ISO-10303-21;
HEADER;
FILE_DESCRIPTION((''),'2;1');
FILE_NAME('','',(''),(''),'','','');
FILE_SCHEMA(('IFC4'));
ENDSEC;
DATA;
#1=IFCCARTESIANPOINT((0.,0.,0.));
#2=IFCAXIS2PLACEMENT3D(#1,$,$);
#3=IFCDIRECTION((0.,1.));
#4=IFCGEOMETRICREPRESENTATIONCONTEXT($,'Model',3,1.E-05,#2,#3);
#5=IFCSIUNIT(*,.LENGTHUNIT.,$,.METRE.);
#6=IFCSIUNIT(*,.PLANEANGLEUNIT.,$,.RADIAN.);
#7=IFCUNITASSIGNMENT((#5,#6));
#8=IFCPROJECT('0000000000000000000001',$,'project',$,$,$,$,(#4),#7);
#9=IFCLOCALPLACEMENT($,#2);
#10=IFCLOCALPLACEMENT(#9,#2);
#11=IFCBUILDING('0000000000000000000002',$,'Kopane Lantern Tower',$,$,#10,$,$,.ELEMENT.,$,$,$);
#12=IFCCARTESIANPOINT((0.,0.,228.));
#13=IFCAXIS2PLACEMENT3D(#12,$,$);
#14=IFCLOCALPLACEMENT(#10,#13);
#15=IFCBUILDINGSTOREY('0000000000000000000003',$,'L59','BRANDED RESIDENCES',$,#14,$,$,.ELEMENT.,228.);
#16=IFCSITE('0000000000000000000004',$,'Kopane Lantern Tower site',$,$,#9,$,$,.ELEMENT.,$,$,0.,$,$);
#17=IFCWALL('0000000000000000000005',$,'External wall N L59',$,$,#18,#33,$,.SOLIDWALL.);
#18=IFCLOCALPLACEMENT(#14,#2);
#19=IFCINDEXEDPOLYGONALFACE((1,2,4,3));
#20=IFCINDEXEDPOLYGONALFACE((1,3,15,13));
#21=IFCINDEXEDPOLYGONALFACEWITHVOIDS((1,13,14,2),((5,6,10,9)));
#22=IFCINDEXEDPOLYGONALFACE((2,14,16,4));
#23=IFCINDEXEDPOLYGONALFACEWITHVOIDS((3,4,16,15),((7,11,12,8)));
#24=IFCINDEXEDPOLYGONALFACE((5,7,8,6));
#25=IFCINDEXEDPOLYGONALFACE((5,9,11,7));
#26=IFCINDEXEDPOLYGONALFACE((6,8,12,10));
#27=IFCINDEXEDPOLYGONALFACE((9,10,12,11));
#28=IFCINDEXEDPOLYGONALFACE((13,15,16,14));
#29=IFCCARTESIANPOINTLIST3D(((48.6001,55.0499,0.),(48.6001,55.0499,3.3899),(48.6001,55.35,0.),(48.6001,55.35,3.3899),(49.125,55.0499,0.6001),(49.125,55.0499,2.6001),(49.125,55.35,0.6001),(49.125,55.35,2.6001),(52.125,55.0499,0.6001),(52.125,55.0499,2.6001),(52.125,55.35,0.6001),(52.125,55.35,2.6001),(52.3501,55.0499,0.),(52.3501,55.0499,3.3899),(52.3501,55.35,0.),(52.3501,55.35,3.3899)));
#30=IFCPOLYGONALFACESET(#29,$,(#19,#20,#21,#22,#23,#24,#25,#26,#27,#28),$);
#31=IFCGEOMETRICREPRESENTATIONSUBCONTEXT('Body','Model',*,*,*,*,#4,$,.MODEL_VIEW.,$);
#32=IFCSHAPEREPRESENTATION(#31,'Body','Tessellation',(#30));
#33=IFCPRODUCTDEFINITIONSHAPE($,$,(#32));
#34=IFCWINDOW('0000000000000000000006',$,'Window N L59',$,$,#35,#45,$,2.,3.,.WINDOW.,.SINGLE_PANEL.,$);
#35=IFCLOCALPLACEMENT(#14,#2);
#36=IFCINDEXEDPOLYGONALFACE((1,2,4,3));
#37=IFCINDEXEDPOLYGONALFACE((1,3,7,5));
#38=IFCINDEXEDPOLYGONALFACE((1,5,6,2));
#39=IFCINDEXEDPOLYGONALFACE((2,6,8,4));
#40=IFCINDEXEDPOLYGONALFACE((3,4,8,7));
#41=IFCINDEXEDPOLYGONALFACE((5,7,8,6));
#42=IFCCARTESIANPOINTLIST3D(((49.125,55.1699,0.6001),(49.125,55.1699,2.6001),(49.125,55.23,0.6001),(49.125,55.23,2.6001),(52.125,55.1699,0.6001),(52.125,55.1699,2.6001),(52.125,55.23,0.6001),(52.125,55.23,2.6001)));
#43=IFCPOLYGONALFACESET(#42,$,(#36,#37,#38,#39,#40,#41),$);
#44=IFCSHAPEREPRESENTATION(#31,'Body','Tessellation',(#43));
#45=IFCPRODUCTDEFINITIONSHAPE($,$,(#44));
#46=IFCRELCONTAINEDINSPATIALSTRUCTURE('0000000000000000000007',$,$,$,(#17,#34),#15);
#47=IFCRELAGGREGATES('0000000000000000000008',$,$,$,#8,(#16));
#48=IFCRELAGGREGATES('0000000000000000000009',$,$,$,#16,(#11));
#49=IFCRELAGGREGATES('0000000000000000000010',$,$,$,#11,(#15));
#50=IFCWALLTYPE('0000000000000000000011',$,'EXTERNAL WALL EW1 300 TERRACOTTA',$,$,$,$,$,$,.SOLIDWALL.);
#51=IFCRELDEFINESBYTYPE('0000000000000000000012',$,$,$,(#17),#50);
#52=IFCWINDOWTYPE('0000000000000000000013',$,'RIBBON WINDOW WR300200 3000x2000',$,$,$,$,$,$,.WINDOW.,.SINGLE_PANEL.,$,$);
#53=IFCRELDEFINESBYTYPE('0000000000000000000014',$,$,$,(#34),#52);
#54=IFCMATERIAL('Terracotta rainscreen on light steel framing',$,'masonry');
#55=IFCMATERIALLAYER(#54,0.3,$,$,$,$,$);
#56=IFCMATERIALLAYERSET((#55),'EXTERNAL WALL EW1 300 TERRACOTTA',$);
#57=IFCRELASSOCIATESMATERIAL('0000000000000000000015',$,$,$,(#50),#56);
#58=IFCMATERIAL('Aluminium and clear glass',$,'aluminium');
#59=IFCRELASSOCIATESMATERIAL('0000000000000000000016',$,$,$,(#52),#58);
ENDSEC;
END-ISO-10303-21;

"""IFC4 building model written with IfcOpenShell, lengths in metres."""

from ifc_helpers import new_model, si_unit, direction, frame, frame_2d, origin, place, context, subcontext, project, spatial, rectangle, extrude, material, layer, layer_set, type_object, element, fill, save


model = new_model("IFC4")

# Units and contexts
model_context = context("Model", 3, precision=1e-05, world=origin(), true_north=direction((0.0, 1.0)))
body_context = subcontext(model_context, "Body", "Model", "MODEL_VIEW")
ifc_project = project(units=[si_unit("LENGTHUNIT", "METRE"), si_unit("PLANEANGLEUNIT", "RADIAN")], contexts=[model_context])

# Site, building, storey
site_placement = place(None, origin())
site = spatial("IfcSite", under=ifc_project, at=site_placement, Name="Kopane Lantern Tower site", CompositionType="ELEMENT", RefElevation=0.0)
building_placement = place(site_placement, origin())
building = spatial("IfcBuilding", under=site, at=building_placement, Name="Kopane Lantern Tower", CompositionType="ELEMENT")
storey_placement = place(building_placement, frame((0.0, 0.0, 228.0)))
storey = spatial("IfcBuildingStorey", under=building, at=storey_placement, Name="L59", Description="BRANDED RESIDENCES", CompositionType="ELEMENT", Elevation=228.0)

# Wall, opening, window
ifc_material_1 = material(Name="Terracotta rainscreen on light steel framing", Category="masonry")
ifc_layer = layer(ifc_material_1, 0.3)
ifc_layer_set = layer_set([ifc_layer], Name="EXTERNAL WALL EW1 300 TERRACOTTA")
wall_type = type_object("IfcWallType", Name="EXTERNAL WALL EW1 300 TERRACOTTA", PredefinedType="SOLIDWALL", material=ifc_layer_set)
ifc_material_2 = material(Name="Aluminium and clear glass", Category="aluminium")
window_type = type_object("IfcWindowType", Name="RIBBON WINDOW WR300200 3000x2000", PartitioningType="SINGLE_PANEL", PredefinedType="WINDOW", material=ifc_material_2)
wall_1_placement = place(storey_placement, frame((52.3501, 55.2, 0.0), z_axis=(0.0, 0.0, 1.0), x_axis=(-1.0, 0.0, 0.0)))
wall_1 = element("IfcWall", 1, at=wall_1_placement, inside=storey, type_object=wall_type, Name="External wall N L59", PredefinedType="SOLIDWALL", context=body_context, shape_type="SweptSolid", body=[
    extrude(rectangle(XDim=3.75, YDim=0.3, at=frame_2d((1.875, 0.0))), origin(), (0.0, 0.0, 1.0), 3.3899),
])
opening_1_placement = place(wall_1_placement, frame((0.2251, 0.0, 0.6001)))
opening_1 = element("IfcOpeningElement", 2, at=opening_1_placement, cuts=wall_1, PredefinedType="OPENING", context=body_context, shape_type="SweptSolid", body=[
    extrude(rectangle(XDim=3.0, YDim=2.0, at=frame_2d((1.5, 1.0))), frame((0.0, 0.1599, 0.0), z_axis=(0.0, -1.0, 0.0), x_axis=(1.0, 0.0, 0.0)), (0.0, 0.0, 1.0), 0.3201),
])
window_1_placement = place(opening_1_placement, origin())
window_1 = element("IfcWindow", 3, at=window_1_placement, inside=storey, type_object=window_type, Name="Window N L59", OverallHeight=2.0, OverallWidth=3.0, PartitioningType="SINGLE_PANEL", PredefinedType="WINDOW", context=body_context, shape_type="SweptSolid", body=[
    extrude(rectangle(XDim=3.0, YDim=2.0, at=frame_2d((1.5, 1.0))), frame((0.0, 0.03, 0.0), z_axis=(0.0, -1.0, 0.0), x_axis=(1.0, 0.0, 0.0)), (0.0, 0.0, 1.0), 0.0601),
])
fill(opening_1, window_1)

save(model, "model.ifc")
